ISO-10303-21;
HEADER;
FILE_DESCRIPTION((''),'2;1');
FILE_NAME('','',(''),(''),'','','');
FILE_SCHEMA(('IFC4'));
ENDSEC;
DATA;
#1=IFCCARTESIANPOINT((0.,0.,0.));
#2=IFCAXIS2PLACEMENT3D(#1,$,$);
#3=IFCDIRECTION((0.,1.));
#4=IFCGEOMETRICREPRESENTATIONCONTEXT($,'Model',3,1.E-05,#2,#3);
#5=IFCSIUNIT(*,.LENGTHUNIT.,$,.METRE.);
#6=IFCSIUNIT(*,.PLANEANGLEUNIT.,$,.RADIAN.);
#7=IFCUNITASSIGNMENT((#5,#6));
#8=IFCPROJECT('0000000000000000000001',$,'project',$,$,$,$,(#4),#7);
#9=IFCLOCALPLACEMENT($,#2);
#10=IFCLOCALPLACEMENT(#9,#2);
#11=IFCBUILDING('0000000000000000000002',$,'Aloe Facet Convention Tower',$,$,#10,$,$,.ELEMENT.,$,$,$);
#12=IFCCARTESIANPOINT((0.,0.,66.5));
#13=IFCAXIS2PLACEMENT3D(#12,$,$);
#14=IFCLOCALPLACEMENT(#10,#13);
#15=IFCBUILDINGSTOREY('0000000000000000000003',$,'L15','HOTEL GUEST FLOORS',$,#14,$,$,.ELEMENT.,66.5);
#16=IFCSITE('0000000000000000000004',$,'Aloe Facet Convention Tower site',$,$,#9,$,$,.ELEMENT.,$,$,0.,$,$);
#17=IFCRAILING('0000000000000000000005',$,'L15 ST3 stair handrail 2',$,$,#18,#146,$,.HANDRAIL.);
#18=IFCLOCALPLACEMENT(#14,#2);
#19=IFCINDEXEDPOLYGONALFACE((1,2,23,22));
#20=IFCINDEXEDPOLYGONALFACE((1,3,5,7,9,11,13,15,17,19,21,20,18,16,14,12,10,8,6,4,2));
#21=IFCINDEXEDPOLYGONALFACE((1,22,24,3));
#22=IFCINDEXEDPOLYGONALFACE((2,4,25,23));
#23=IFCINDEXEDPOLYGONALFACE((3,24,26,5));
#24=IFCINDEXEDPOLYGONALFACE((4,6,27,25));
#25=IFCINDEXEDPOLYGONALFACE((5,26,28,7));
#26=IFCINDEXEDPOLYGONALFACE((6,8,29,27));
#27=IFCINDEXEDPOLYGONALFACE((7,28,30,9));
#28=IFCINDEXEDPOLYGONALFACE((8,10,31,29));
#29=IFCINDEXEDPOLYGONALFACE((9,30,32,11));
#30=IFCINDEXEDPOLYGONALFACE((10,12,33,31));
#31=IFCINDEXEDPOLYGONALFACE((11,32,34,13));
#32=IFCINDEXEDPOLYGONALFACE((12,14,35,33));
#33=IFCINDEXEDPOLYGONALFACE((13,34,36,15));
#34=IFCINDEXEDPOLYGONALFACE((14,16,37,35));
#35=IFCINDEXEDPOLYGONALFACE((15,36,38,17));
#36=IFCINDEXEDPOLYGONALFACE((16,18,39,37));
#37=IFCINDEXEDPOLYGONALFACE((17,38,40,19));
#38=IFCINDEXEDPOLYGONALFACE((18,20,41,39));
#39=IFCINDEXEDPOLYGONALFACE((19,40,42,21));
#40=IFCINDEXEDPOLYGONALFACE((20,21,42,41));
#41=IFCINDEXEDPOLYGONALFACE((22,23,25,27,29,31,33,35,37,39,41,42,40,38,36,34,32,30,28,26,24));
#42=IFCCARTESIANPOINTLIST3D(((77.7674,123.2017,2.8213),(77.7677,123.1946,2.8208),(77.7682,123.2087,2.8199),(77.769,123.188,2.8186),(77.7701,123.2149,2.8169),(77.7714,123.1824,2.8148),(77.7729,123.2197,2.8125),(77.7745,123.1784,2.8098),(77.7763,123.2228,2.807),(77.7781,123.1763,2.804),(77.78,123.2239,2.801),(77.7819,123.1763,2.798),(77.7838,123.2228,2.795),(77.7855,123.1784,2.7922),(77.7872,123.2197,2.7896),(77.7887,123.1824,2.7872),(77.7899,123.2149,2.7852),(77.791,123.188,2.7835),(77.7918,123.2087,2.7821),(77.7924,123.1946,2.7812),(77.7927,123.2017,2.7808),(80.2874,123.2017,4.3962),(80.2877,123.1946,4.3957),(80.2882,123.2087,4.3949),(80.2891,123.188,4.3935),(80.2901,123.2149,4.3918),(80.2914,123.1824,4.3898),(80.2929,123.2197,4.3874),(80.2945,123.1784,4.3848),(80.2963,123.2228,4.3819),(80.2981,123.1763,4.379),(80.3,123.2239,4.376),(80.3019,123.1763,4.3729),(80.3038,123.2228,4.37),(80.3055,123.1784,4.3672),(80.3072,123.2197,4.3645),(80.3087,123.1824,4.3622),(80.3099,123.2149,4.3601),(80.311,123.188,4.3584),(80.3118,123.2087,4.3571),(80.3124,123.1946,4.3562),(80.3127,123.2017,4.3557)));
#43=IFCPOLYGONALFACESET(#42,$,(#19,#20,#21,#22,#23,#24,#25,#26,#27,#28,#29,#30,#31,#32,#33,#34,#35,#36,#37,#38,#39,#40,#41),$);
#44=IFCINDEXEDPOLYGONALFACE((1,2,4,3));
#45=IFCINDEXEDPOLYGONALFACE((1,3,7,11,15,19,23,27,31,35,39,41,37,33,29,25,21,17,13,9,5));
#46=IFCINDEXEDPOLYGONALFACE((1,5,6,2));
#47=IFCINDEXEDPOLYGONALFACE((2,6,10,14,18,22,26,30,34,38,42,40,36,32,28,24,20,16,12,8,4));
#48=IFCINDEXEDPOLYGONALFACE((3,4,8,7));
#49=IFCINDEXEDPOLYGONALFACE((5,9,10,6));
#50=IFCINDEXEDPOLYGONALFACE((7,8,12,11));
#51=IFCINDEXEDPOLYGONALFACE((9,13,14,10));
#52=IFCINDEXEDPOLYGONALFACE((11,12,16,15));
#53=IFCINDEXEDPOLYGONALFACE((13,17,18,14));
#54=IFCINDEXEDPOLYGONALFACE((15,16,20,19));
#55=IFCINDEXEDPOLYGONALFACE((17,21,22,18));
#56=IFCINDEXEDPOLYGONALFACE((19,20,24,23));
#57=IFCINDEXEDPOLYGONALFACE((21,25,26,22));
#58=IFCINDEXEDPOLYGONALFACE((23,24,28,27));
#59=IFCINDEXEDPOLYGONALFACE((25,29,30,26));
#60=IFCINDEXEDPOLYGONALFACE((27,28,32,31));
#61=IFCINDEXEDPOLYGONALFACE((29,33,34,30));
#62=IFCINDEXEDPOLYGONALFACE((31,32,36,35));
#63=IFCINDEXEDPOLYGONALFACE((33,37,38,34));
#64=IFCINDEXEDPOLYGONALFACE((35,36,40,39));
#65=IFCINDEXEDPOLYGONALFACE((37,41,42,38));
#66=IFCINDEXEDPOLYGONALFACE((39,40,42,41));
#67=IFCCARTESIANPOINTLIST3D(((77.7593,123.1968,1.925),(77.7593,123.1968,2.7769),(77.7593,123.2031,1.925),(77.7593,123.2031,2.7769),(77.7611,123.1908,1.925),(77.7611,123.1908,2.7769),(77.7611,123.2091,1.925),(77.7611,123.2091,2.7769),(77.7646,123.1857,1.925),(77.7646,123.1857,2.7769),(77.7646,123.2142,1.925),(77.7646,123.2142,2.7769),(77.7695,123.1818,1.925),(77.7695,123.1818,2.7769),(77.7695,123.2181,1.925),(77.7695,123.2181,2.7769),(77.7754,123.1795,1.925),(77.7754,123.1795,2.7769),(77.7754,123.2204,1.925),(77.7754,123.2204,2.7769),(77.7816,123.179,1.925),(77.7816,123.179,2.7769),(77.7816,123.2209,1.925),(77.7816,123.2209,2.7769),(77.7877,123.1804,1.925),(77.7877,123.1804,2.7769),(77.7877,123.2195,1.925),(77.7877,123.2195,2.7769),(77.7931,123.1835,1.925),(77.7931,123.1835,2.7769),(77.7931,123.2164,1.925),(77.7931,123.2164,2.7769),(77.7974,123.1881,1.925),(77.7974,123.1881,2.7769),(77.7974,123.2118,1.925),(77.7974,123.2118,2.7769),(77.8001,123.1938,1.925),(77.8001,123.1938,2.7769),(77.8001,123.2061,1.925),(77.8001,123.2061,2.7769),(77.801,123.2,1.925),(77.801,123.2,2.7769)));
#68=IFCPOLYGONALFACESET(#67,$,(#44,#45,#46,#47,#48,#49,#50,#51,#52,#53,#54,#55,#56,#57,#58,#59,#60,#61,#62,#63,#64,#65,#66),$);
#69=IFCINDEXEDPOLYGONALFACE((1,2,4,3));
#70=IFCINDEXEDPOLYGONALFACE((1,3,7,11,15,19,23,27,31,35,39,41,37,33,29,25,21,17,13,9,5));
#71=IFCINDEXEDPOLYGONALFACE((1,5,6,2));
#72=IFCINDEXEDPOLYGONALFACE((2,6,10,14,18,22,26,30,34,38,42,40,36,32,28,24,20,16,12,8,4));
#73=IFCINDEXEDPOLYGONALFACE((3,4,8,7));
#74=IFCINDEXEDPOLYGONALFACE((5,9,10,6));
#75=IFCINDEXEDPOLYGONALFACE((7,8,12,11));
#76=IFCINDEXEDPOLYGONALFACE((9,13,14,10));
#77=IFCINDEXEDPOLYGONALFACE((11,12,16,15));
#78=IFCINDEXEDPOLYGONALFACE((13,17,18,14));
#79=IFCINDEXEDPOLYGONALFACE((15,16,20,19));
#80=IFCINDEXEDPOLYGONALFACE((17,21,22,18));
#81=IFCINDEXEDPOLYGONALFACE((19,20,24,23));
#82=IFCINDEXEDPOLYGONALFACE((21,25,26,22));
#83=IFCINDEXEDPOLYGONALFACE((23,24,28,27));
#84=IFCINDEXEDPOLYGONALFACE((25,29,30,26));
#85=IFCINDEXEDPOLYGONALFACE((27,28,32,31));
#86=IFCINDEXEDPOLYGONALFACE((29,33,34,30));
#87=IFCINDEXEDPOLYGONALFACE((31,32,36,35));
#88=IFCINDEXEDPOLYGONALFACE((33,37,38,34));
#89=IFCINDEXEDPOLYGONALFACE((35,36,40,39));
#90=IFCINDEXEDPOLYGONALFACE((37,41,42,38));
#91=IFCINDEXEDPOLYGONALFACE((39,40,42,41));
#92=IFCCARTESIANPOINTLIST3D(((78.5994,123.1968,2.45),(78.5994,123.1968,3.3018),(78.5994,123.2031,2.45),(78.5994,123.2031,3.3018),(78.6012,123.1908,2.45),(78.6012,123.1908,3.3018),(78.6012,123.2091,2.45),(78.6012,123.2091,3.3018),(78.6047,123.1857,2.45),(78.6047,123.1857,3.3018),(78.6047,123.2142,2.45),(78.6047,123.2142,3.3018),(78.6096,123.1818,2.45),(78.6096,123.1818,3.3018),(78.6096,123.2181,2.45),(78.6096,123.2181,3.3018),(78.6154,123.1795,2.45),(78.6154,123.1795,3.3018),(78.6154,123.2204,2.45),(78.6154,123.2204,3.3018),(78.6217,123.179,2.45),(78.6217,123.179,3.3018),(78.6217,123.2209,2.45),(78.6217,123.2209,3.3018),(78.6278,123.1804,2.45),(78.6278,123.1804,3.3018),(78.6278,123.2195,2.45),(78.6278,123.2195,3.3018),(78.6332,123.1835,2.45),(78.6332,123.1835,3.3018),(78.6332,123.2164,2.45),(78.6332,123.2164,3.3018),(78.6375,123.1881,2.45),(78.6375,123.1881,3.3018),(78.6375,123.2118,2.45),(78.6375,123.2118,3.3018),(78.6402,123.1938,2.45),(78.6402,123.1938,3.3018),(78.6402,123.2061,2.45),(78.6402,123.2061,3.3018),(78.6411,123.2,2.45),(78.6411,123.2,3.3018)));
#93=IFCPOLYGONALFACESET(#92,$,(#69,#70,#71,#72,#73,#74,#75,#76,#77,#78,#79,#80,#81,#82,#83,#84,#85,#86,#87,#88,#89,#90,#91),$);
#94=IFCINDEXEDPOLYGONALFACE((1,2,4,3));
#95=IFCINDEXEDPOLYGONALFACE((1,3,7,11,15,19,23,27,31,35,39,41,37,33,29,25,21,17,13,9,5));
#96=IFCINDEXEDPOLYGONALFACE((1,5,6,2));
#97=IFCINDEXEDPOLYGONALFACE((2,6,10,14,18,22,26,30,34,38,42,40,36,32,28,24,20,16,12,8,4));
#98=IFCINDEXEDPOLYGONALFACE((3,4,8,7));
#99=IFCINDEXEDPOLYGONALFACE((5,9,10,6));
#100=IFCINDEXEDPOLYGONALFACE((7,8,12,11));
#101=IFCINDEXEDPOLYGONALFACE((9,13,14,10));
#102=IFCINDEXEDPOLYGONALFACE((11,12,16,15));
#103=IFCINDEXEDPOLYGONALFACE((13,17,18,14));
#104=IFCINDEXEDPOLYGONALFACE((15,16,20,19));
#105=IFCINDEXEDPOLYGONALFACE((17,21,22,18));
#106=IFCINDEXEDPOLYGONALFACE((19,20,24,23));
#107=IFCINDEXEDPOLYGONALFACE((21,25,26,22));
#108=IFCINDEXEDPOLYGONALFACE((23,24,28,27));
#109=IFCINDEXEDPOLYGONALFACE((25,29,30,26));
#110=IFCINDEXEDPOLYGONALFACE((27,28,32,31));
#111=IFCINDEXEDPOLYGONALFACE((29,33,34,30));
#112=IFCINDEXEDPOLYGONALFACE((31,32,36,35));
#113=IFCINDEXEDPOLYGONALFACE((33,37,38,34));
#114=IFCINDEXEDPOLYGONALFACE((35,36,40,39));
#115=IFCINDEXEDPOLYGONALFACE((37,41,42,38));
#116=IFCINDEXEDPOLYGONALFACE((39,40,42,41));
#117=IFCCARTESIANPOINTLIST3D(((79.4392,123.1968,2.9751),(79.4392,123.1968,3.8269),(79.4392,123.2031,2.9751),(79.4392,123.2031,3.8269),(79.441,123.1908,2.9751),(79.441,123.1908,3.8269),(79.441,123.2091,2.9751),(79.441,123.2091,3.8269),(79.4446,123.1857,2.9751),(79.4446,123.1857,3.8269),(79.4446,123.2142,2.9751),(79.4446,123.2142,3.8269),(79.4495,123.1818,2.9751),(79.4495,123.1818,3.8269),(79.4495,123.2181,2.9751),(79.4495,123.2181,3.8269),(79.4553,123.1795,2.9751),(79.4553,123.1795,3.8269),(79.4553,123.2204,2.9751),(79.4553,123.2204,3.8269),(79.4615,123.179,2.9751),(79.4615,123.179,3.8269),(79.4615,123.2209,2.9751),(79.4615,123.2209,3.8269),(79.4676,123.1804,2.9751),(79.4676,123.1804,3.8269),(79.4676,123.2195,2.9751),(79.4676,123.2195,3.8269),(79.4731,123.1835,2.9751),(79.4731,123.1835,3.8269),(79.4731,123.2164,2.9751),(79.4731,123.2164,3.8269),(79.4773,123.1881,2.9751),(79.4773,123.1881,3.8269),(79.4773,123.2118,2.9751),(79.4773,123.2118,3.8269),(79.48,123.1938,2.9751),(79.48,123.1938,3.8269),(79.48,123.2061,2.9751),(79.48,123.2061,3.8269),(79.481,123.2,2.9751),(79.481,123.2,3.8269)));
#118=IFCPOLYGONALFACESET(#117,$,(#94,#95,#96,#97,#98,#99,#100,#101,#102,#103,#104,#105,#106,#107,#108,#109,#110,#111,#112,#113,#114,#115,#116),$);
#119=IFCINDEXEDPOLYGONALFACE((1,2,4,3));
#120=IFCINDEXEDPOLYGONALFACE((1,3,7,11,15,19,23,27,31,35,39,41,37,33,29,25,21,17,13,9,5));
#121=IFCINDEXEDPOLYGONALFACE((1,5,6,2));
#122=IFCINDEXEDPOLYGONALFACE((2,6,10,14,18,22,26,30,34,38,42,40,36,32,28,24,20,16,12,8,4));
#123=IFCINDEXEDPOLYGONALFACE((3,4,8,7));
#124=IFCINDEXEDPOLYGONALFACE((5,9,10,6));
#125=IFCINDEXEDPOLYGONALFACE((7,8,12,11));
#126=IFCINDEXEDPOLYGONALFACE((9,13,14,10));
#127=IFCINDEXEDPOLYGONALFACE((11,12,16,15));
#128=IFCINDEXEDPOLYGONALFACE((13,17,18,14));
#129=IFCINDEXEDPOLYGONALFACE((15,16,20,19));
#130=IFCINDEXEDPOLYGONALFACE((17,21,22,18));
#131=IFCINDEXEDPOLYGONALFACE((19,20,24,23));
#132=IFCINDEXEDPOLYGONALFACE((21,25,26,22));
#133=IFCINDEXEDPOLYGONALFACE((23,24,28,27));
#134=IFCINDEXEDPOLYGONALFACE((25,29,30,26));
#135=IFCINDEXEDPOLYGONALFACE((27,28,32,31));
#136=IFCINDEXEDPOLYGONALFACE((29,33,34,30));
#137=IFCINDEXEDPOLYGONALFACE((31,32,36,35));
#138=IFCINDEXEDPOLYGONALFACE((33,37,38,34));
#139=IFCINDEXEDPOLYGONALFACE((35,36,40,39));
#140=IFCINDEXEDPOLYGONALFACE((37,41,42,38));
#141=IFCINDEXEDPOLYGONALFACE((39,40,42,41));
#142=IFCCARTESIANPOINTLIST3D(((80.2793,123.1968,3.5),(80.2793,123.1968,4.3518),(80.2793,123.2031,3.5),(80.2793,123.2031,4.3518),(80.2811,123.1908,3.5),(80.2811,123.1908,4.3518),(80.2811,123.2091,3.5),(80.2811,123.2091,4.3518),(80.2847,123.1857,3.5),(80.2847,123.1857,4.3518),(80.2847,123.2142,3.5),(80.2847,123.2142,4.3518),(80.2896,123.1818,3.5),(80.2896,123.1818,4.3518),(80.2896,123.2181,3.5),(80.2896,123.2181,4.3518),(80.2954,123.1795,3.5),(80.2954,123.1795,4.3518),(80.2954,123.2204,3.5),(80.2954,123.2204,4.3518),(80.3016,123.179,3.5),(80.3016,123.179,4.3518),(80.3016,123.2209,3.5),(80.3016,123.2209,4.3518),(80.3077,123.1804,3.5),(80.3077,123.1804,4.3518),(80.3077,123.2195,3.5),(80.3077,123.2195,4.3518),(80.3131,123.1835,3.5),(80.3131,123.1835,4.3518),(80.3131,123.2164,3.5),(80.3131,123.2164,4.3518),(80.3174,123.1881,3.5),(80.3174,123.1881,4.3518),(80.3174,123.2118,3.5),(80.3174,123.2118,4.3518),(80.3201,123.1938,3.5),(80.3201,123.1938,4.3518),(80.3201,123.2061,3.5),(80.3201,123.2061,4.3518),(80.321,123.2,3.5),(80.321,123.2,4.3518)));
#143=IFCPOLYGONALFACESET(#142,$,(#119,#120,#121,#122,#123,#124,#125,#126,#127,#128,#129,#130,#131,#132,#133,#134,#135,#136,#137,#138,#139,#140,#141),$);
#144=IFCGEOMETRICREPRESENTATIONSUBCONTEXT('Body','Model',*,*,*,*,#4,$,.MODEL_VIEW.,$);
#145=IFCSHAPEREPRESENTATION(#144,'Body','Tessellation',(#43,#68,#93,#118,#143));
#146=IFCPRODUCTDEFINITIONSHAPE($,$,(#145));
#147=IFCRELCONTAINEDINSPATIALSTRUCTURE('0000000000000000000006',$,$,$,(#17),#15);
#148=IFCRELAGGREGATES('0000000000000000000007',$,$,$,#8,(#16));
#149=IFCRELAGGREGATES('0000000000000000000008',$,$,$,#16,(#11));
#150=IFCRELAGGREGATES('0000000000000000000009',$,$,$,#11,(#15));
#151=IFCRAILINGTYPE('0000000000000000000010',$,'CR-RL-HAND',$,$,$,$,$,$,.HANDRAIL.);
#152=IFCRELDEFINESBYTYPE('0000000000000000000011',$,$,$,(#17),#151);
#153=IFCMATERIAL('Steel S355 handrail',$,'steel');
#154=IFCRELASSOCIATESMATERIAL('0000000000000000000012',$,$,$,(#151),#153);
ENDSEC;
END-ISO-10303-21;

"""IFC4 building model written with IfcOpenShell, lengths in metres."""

from ifc_helpers import new_model, si_unit, direction, frame, origin, origin_2d, place, context, subcontext, project, spatial, circle, extrude, material, type_object, element, save


model = new_model("IFC4")

# Units and contexts
model_context = context("Model", 3, precision=1e-05, world=origin(), true_north=direction((0.0, 1.0)))
body_context = subcontext(model_context, "Body", "Model", "MODEL_VIEW")
ifc_project = project(units=[si_unit("LENGTHUNIT", "METRE"), si_unit("PLANEANGLEUNIT", "RADIAN")], contexts=[model_context])

# Site, building, storey
site_placement = place(None, origin())
site = spatial("IfcSite", under=ifc_project, at=site_placement, Name="Aloe Facet Convention Tower site", CompositionType="ELEMENT", RefElevation=0.0)
building_placement = place(site_placement, origin())
building = spatial("IfcBuilding", under=site, at=building_placement, Name="Aloe Facet Convention Tower", CompositionType="ELEMENT")
storey_placement = place(building_placement, frame((0.0, 0.0, 66.5)))
storey = spatial("IfcBuildingStorey", under=building, at=storey_placement, Name="L15", Description="HOTEL GUEST FLOORS", CompositionType="ELEMENT", Elevation=66.5)

# Railing
ifc_material_1 = material(Name="Steel S355 handrail", Category="steel")
railing_type_1 = type_object("IfcRailingType", Name="CR-RL-HAND", PredefinedType="HANDRAIL", material=ifc_material_1)
railing_1_placement = place(storey_placement, frame((77.78, 123.2, 1.925)))
element("IfcRailing", 1, at=railing_1_placement, inside=storey, type_object=railing_type_1, Name="L15 ST3 stair handrail 2", PredefinedType="HANDRAIL", context=body_context, shape_type="SweptSolid", body=[
    extrude(circle(Radius=0.0239, at=origin_2d()), frame((0.0, 0.0, 0.876), z_axis=(0.848008, 0.0, 0.529984), x_axis=(0.0, 1.0, 0.0)), (0.0, 0.0, 1.0), 2.9717),
    extrude(circle(Radius=0.021, at=origin_2d()), origin(), (0.0, 0.0, 1.0), 0.8518),
    extrude(circle(Radius=0.021, at=origin_2d()), frame((0.8401, 0.0, 0.5249)), (0.0, 0.0, 1.0), 0.8518),
    extrude(circle(Radius=0.021, at=origin_2d()), frame((1.6799, 0.0, 1.05)), (0.0, 0.0, 1.0), 0.8518),
    extrude(circle(Radius=0.021, at=origin_2d()), frame((2.52, 0.0, 1.575)), (0.0, 0.0, 1.0), 0.8518),
])

save(model, "model.ifc")
